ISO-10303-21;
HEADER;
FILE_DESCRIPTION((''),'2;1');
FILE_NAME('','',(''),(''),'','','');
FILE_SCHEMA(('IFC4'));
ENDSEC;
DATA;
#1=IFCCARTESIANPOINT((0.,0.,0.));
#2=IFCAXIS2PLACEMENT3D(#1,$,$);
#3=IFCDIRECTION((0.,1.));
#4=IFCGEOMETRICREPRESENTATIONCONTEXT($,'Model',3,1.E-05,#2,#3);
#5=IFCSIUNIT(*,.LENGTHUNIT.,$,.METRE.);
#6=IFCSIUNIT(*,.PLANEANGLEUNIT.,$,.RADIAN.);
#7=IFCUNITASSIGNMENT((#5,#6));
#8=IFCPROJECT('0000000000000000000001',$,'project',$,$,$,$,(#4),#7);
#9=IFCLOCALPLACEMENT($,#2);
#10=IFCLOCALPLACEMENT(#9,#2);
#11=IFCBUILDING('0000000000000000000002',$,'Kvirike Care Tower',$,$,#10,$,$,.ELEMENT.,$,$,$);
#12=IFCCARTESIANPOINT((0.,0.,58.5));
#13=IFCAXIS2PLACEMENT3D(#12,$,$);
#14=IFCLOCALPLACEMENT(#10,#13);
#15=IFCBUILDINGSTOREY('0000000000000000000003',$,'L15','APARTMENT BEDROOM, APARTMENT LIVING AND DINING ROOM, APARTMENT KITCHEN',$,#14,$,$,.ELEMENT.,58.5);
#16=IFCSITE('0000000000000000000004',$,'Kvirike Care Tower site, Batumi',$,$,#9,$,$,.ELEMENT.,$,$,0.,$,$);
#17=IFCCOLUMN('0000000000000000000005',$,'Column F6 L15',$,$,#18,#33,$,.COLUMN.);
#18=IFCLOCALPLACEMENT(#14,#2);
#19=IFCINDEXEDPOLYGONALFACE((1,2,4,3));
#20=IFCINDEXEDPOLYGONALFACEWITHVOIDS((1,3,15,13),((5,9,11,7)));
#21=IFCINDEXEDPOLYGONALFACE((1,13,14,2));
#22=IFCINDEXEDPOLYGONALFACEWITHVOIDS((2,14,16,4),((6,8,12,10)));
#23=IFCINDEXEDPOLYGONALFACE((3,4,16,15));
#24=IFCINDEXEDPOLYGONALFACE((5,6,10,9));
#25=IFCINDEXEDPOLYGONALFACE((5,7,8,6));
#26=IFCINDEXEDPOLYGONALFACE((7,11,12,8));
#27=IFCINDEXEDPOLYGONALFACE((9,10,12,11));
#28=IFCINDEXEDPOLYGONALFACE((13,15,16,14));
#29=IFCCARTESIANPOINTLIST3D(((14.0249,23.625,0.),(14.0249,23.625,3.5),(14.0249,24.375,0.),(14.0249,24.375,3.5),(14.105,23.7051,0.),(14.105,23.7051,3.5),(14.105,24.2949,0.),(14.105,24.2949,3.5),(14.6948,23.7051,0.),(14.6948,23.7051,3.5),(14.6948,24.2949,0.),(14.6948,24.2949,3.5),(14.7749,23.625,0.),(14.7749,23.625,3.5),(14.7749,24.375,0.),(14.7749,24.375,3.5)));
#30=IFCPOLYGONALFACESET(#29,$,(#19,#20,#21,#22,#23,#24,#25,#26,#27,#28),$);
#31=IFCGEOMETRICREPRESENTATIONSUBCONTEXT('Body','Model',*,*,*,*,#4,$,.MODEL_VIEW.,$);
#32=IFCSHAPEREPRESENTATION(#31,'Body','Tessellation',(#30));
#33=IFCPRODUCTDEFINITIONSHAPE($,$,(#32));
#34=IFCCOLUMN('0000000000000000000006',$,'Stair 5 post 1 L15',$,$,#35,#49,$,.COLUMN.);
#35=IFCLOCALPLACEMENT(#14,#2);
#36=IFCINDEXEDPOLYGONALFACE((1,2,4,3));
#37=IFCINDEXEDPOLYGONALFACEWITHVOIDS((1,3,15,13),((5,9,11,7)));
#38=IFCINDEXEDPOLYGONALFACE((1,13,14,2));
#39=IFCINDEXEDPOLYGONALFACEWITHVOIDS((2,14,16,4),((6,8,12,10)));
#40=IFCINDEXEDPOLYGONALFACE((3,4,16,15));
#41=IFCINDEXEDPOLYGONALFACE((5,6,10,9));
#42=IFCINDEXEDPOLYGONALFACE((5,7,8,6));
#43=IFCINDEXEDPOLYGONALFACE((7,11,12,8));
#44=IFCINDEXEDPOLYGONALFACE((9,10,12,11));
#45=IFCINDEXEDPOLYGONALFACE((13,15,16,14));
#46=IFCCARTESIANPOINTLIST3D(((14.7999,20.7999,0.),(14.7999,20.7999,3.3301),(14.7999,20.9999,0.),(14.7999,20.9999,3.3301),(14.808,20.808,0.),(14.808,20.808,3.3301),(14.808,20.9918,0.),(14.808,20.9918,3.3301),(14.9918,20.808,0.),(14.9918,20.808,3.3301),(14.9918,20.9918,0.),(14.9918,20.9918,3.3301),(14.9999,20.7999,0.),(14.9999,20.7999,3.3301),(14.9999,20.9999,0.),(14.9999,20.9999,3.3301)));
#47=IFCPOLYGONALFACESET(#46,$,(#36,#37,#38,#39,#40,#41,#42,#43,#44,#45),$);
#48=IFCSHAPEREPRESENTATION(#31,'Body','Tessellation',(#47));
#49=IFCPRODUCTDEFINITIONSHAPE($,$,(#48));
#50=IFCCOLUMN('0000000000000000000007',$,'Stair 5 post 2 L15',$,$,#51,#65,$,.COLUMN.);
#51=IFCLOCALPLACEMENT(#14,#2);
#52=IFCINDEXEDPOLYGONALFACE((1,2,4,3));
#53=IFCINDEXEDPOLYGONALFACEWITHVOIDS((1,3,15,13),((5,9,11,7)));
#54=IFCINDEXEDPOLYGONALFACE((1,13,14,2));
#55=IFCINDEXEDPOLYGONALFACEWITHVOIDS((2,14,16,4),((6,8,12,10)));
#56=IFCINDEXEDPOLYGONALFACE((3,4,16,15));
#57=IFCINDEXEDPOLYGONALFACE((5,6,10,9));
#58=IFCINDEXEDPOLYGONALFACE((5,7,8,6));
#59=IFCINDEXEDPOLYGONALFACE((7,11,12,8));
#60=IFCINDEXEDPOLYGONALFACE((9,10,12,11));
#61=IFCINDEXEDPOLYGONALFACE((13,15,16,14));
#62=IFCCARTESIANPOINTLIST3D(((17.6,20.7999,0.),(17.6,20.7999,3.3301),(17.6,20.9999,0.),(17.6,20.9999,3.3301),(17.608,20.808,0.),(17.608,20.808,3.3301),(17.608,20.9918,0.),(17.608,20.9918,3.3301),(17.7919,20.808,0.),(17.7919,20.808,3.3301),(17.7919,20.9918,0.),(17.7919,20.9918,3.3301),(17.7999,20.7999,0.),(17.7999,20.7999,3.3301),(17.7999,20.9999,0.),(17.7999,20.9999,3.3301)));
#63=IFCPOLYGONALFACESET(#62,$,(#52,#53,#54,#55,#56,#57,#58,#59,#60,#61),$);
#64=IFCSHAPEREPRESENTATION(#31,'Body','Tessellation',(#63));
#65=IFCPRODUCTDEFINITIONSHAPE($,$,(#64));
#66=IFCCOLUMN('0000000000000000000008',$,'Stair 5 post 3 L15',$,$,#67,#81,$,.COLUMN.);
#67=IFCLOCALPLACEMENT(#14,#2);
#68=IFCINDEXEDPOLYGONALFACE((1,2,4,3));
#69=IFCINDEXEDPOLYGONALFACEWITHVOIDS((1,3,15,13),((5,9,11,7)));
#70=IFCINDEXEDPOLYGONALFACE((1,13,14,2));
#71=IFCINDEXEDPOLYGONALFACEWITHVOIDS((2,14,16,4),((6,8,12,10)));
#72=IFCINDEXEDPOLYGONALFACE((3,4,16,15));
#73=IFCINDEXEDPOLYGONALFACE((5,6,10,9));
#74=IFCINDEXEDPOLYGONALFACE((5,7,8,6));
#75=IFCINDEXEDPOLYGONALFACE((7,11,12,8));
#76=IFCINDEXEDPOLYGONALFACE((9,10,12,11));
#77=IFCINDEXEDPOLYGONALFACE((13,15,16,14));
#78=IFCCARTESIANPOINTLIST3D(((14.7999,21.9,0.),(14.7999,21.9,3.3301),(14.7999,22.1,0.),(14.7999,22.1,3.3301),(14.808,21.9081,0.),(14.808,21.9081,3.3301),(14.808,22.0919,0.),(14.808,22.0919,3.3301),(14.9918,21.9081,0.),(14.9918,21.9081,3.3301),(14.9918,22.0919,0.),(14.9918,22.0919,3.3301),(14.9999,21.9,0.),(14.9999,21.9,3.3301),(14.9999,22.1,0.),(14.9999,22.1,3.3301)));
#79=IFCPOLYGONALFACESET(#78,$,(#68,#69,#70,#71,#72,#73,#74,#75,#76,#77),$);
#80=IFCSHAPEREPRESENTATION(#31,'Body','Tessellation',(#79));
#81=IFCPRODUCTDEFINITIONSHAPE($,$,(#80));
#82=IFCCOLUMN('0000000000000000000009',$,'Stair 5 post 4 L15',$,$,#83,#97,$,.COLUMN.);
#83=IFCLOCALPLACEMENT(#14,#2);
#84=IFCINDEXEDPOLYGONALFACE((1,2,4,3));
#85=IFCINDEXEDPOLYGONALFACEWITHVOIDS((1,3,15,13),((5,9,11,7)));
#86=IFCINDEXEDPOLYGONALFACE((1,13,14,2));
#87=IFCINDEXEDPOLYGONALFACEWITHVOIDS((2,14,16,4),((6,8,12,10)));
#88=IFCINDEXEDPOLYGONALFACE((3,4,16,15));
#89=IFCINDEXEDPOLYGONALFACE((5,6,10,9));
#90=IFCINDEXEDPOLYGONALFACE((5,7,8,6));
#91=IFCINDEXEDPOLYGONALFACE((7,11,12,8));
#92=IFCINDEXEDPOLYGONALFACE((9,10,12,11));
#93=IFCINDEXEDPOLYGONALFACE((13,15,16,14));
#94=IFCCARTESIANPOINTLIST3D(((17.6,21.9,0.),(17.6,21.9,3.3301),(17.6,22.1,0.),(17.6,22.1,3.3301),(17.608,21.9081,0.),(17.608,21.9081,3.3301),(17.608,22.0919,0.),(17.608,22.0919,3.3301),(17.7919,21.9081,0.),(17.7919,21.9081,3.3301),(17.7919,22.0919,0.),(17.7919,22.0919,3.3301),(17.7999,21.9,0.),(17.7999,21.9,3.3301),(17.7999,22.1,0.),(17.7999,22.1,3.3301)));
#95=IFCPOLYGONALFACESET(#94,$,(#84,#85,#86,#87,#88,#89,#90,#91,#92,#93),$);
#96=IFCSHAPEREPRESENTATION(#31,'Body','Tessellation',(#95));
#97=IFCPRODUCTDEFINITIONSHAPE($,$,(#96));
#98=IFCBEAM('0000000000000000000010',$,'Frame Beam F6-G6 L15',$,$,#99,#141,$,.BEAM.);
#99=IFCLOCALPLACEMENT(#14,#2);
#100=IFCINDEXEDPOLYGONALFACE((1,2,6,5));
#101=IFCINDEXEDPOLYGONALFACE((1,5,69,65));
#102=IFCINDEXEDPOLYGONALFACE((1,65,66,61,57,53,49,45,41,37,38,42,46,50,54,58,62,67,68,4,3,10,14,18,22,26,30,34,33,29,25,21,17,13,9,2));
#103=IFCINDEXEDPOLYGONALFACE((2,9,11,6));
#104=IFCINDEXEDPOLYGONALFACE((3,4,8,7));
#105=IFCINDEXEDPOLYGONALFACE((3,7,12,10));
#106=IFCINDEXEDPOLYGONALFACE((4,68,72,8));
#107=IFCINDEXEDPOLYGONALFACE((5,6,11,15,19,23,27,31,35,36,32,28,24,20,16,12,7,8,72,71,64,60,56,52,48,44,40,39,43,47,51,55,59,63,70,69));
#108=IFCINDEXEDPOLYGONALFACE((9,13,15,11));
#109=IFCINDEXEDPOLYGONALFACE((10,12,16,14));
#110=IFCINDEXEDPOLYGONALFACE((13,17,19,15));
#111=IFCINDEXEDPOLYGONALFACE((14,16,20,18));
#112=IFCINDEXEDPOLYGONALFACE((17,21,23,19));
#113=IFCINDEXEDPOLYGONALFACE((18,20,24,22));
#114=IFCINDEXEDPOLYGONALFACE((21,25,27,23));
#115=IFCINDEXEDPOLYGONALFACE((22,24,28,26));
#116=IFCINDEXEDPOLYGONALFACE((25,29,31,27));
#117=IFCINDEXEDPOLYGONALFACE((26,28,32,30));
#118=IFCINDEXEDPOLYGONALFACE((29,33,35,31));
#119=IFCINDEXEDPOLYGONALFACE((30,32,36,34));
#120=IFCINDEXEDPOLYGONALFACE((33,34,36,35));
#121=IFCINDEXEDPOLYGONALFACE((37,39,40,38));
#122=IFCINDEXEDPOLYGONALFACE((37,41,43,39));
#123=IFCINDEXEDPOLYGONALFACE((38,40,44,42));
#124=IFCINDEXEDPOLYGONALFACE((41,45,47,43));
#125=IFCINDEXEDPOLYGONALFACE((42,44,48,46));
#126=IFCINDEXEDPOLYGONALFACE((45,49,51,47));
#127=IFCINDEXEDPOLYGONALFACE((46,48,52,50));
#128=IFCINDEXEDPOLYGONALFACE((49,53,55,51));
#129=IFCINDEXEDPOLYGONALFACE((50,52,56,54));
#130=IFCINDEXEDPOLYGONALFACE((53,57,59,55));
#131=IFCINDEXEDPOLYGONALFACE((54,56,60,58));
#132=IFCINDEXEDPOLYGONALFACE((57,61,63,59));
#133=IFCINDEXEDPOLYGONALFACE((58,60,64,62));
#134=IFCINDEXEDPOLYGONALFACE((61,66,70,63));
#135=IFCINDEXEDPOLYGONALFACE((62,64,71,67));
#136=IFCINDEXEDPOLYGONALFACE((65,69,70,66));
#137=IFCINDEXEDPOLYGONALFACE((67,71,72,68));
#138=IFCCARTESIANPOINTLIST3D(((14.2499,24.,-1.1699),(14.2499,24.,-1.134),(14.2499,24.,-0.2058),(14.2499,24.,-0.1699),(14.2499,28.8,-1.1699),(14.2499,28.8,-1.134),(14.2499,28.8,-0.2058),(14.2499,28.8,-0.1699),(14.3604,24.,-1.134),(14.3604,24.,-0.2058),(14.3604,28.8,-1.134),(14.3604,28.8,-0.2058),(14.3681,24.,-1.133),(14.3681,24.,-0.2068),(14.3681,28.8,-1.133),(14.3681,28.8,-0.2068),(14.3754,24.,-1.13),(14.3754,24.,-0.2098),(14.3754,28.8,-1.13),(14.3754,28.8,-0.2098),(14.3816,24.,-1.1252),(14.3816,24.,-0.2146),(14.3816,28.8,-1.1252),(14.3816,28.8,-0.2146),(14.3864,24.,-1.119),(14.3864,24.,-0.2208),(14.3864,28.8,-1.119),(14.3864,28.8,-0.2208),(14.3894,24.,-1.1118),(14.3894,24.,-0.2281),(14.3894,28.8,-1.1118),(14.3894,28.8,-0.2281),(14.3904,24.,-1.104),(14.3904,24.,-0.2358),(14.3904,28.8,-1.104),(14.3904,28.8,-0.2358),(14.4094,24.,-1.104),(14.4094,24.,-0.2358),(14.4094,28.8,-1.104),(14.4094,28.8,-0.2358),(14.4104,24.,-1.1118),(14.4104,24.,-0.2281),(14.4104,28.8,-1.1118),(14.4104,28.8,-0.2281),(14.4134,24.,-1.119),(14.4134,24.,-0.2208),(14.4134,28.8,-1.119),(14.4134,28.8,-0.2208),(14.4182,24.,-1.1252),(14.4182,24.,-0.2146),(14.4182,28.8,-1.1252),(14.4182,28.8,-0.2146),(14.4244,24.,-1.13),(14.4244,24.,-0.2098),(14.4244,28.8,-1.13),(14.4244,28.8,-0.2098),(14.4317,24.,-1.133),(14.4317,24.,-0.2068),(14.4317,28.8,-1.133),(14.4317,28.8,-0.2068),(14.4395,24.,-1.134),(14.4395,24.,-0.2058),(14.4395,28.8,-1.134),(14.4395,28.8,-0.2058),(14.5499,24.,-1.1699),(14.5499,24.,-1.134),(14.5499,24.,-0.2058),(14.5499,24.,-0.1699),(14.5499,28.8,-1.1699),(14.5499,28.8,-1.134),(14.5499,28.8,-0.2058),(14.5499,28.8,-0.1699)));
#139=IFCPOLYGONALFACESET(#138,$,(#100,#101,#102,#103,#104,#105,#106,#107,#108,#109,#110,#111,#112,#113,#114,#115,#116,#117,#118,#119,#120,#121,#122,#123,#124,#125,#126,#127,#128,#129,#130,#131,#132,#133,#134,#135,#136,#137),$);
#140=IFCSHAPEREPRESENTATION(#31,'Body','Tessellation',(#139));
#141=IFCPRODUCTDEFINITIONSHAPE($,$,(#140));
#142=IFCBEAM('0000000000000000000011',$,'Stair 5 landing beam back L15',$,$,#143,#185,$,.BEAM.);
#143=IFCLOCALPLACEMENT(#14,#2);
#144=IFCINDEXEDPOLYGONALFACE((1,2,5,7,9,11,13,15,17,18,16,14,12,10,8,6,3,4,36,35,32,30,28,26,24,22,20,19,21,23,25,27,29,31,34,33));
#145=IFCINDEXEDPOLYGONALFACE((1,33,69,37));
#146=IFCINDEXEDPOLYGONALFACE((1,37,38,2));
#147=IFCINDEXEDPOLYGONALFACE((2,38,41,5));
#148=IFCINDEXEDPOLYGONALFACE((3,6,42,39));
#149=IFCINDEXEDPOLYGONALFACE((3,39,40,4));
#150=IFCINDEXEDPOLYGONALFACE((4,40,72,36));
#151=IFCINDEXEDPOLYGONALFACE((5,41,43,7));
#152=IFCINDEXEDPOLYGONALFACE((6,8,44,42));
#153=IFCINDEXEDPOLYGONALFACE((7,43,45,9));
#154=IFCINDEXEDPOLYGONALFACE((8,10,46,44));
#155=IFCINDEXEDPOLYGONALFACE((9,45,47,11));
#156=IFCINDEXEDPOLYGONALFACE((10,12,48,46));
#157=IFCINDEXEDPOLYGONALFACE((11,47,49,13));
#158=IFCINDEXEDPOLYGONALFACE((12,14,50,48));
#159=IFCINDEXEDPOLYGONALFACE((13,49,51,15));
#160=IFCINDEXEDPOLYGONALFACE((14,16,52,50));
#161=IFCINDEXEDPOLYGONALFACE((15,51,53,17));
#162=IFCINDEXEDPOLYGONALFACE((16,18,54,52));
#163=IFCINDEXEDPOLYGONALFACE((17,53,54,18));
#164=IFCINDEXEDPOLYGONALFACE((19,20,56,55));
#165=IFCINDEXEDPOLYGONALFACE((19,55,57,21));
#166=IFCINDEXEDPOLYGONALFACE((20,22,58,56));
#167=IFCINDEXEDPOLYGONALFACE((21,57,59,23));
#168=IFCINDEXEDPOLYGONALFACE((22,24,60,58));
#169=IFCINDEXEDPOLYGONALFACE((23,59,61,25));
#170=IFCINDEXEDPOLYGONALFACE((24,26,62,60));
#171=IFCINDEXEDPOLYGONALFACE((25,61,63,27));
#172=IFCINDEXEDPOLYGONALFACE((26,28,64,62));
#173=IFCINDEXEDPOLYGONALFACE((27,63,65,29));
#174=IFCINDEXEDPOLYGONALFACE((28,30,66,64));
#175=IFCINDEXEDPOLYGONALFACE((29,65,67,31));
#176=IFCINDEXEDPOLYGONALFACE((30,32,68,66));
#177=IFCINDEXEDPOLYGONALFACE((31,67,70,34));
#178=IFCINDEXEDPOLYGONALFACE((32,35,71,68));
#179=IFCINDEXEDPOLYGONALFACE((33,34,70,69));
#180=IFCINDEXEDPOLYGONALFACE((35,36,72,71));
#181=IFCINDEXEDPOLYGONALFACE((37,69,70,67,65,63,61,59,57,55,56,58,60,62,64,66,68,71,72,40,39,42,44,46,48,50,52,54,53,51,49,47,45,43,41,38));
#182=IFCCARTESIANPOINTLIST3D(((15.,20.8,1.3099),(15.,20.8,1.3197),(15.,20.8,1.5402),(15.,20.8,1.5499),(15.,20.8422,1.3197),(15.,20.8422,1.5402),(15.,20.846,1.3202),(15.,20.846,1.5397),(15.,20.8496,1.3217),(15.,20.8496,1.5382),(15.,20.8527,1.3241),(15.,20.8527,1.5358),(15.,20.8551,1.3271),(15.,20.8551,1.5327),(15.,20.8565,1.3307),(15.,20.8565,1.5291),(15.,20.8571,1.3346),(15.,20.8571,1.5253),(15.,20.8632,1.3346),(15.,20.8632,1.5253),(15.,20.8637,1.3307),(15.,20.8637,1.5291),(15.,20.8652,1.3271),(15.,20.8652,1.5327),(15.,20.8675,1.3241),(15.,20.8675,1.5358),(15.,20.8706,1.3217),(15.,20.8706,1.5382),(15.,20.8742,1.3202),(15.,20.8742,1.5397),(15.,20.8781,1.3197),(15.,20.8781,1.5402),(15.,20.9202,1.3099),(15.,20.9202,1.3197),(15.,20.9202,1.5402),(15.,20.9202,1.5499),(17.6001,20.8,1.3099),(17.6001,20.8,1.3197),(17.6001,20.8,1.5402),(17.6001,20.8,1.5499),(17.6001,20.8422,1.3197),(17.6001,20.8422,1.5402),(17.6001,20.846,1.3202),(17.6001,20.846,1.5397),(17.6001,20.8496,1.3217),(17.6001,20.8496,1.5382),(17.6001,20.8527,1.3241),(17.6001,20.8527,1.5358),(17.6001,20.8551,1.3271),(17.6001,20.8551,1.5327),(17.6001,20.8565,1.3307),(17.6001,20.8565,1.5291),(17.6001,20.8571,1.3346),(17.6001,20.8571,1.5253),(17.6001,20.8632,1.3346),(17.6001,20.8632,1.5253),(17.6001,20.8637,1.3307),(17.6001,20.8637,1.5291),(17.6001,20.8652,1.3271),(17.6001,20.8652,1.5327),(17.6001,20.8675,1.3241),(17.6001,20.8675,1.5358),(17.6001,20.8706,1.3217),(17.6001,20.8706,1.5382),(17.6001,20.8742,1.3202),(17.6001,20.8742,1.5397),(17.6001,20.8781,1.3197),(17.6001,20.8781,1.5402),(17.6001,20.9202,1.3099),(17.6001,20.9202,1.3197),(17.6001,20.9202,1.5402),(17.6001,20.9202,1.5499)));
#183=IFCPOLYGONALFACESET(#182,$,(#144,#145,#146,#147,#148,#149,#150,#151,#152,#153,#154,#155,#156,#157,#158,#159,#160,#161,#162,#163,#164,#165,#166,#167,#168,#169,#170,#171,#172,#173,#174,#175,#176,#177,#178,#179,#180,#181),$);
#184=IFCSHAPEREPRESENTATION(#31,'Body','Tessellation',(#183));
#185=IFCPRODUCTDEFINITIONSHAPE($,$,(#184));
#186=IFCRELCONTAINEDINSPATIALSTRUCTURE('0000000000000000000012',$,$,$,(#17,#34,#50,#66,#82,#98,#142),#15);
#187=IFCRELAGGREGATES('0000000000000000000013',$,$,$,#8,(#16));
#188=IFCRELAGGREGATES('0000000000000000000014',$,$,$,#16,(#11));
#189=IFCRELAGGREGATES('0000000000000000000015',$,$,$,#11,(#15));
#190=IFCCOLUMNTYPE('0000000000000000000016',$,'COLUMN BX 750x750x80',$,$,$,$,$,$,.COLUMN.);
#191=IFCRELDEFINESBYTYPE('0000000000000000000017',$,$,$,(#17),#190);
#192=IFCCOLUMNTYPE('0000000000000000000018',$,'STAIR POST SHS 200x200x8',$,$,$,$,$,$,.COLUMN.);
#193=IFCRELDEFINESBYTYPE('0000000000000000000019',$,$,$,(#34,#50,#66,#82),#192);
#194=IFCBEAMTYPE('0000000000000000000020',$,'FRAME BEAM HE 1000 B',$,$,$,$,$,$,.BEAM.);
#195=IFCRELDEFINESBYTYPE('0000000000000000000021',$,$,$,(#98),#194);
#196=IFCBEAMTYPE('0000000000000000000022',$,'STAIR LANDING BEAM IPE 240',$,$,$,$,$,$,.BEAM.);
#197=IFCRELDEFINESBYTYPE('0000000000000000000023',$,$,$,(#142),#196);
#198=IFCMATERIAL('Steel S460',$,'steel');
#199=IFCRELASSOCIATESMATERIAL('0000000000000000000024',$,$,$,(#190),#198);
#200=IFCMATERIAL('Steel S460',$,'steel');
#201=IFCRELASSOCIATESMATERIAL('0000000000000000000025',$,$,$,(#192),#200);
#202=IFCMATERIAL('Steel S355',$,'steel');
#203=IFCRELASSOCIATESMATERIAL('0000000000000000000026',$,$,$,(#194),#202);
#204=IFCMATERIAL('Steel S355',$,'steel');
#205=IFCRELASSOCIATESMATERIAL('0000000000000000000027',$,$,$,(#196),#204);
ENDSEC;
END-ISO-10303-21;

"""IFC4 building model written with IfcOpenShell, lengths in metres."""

from ifc_helpers import new_model, si_unit, direction, frame, origin, origin_2d, place, context, subcontext, project, spatial, hollow_rectangle, i_section, extrude, material, material_profile, profile_set, type_object, element, save


model = new_model("IFC4")

# Units and contexts
model_context = context("Model", 3, precision=1e-05, world=origin(), true_north=direction((0.0, 1.0)))
body_context = subcontext(model_context, "Body", "Model", "MODEL_VIEW")
ifc_project = project(units=[si_unit("LENGTHUNIT", "METRE"), si_unit("PLANEANGLEUNIT", "RADIAN")], contexts=[model_context])

# Site, building, storey
site_placement = place(None, origin())
site = spatial("IfcSite", under=ifc_project, at=site_placement, Name="Kvirike Care Tower site, Batumi", CompositionType="ELEMENT", RefElevation=0.0)
building_placement = place(site_placement, origin())
building = spatial("IfcBuilding", under=site, at=building_placement, Name="Kvirike Care Tower", CompositionType="ELEMENT")
storey_placement = place(building_placement, frame((0.0, 0.0, 58.5)))
storey = spatial("IfcBuildingStorey", under=building, at=storey_placement, Name="L15", Description="APARTMENT BEDROOM, APARTMENT LIVING AND DINING ROOM, APARTMENT KITCHEN", CompositionType="ELEMENT", Elevation=58.5)

# Columns
ifc_material_1 = material(Name="Steel S460", Category="steel")
ifc_material_profile_1 = material_profile(ifc_material_1, hollow_rectangle(XDim=0.75, YDim=0.75, WallThickness=0.0801, at=origin_2d()), Name="BX 750x750x80")
ifc_profile_set_1 = profile_set([ifc_material_profile_1], Name="Steel S460")
column_type_1 = type_object("IfcColumnType", Name="COLUMN BX 750x750x80", PredefinedType="COLUMN", material=ifc_profile_set_1)
column_placement = place(storey_placement, frame((14.3999, 24.0, 0.0), z_axis=(0.0, 0.0, 1.0), x_axis=(1.0, 0.0, 0.0)))
element("IfcColumn", 1, at=column_placement, inside=storey, type_object=column_type_1, Name="Column F6 L15", PredefinedType="COLUMN", context=body_context, shape_type="SweptSolid", body=[
    extrude(hollow_rectangle(XDim=0.75, YDim=0.75, WallThickness=0.0801, at=origin_2d()), origin(), (0.0, 0.0, 1.0), 3.5),
])
ifc_material_2 = material(Name="Steel S460", Category="steel")
ifc_material_profile_2 = material_profile(ifc_material_2, hollow_rectangle(XDim=0.2, YDim=0.2, WallThickness=0.0081, at=origin_2d()), Name="SHS 200x200x8")
ifc_profile_set_2 = profile_set([ifc_material_profile_2], Name="Steel S460")
column_type_2 = type_object("IfcColumnType", Name="STAIR POST SHS 200x200x8", PredefinedType="COLUMN", material=ifc_profile_set_2)
for number, where, z_axis, x_axis, name in (
    (2, (14.8999, 20.8999, 0.0), (0.0, 0.0, 1.0), (1.0, 0.0, 0.0), "Stair 5 post 1 L15"),
    (3, (17.7, 20.8999, 0.0), (0.0, 0.0, 1.0), (1.0, 0.0, 0.0), "Stair 5 post 2 L15"),
    (4, (14.8999, 22.0, 0.0), (0.0, 0.0, 1.0), (1.0, 0.0, 0.0), "Stair 5 post 3 L15"),
    (5, (17.7, 22.0, 0.0), (0.0, 0.0, 1.0), (1.0, 0.0, 0.0), "Stair 5 post 4 L15"),
):
    element("IfcColumn", number, at=place(storey_placement, frame(where, z_axis=z_axis, x_axis=x_axis)), inside=storey, type_object=column_type_2, Name=name, PredefinedType="COLUMN", context=body_context, shape_type="SweptSolid", body=[
        extrude(hollow_rectangle(XDim=0.2, YDim=0.2, WallThickness=0.0081, at=origin_2d()), origin(), (0.0, 0.0, 1.0), 3.3301),
    ])

# Beams
ifc_material_3 = material(Name="Steel S355", Category="steel")
ifc_material_profile_3 = material_profile(ifc_material_3, i_section(OverallWidth=0.3, OverallDepth=1.0, WebThickness=0.019, FlangeThickness=0.0359, FilletRadius=0.03, at=origin_2d()), Name="HE 1000 B")
ifc_profile_set_3 = profile_set([ifc_material_profile_3], Name="Steel S355")
beam_type_1 = type_object("IfcBeamType", Name="FRAME BEAM HE 1000 B", PredefinedType="BEAM", material=ifc_profile_set_3)
beam_placement = place(storey_placement, frame((14.3999, 24.0, -0.6699), z_axis=(0.0, 1.0, 0.0), x_axis=(-1.0, 0.0, 0.0)))
element("IfcBeam", 6, at=beam_placement, inside=storey, type_object=beam_type_1, Name="Frame Beam F6-G6 L15", PredefinedType="BEAM", context=body_context, shape_type="SweptSolid", body=[
    extrude(i_section(OverallWidth=0.3, OverallDepth=1.0, WebThickness=0.019, FlangeThickness=0.0359, FilletRadius=0.03, at=origin_2d()), origin(), (0.0, 0.0, 1.0), 4.8),
])
ifc_material_4 = material(Name="Steel S355", Category="steel")
ifc_material_profile_4 = material_profile(ifc_material_4, i_section(OverallWidth=0.1201, OverallDepth=0.24, WebThickness=0.0061, FlangeThickness=0.0098, FilletRadius=0.0149, at=origin_2d()), Name="IPE 240")
ifc_profile_set_4 = profile_set([ifc_material_profile_4], Name="Steel S355")
beam_type_2 = type_object("IfcBeamType", Name="STAIR LANDING BEAM IPE 240", PredefinedType="BEAM", material=ifc_profile_set_4)
for number, where, z_axis, x_axis, name in (
    (7, (15.0, 20.8601, 1.4299), (1.0, 0.0, 0.0), (0.0, 1.0, 0.0), "Stair 5 landing beam back L15"),
):
    element("IfcBeam", number, at=place(storey_placement, frame(where, z_axis=z_axis, x_axis=x_axis)), inside=storey, type_object=beam_type_2, Name=name, PredefinedType="BEAM", context=body_context, shape_type="SweptSolid", body=[
        extrude(i_section(OverallWidth=0.1201, OverallDepth=0.24, WebThickness=0.0061, FlangeThickness=0.0098, FilletRadius=0.0149, at=origin_2d()), origin(), (0.0, 0.0, 1.0), 2.6001),
    ])

save(model, "model.ifc")
